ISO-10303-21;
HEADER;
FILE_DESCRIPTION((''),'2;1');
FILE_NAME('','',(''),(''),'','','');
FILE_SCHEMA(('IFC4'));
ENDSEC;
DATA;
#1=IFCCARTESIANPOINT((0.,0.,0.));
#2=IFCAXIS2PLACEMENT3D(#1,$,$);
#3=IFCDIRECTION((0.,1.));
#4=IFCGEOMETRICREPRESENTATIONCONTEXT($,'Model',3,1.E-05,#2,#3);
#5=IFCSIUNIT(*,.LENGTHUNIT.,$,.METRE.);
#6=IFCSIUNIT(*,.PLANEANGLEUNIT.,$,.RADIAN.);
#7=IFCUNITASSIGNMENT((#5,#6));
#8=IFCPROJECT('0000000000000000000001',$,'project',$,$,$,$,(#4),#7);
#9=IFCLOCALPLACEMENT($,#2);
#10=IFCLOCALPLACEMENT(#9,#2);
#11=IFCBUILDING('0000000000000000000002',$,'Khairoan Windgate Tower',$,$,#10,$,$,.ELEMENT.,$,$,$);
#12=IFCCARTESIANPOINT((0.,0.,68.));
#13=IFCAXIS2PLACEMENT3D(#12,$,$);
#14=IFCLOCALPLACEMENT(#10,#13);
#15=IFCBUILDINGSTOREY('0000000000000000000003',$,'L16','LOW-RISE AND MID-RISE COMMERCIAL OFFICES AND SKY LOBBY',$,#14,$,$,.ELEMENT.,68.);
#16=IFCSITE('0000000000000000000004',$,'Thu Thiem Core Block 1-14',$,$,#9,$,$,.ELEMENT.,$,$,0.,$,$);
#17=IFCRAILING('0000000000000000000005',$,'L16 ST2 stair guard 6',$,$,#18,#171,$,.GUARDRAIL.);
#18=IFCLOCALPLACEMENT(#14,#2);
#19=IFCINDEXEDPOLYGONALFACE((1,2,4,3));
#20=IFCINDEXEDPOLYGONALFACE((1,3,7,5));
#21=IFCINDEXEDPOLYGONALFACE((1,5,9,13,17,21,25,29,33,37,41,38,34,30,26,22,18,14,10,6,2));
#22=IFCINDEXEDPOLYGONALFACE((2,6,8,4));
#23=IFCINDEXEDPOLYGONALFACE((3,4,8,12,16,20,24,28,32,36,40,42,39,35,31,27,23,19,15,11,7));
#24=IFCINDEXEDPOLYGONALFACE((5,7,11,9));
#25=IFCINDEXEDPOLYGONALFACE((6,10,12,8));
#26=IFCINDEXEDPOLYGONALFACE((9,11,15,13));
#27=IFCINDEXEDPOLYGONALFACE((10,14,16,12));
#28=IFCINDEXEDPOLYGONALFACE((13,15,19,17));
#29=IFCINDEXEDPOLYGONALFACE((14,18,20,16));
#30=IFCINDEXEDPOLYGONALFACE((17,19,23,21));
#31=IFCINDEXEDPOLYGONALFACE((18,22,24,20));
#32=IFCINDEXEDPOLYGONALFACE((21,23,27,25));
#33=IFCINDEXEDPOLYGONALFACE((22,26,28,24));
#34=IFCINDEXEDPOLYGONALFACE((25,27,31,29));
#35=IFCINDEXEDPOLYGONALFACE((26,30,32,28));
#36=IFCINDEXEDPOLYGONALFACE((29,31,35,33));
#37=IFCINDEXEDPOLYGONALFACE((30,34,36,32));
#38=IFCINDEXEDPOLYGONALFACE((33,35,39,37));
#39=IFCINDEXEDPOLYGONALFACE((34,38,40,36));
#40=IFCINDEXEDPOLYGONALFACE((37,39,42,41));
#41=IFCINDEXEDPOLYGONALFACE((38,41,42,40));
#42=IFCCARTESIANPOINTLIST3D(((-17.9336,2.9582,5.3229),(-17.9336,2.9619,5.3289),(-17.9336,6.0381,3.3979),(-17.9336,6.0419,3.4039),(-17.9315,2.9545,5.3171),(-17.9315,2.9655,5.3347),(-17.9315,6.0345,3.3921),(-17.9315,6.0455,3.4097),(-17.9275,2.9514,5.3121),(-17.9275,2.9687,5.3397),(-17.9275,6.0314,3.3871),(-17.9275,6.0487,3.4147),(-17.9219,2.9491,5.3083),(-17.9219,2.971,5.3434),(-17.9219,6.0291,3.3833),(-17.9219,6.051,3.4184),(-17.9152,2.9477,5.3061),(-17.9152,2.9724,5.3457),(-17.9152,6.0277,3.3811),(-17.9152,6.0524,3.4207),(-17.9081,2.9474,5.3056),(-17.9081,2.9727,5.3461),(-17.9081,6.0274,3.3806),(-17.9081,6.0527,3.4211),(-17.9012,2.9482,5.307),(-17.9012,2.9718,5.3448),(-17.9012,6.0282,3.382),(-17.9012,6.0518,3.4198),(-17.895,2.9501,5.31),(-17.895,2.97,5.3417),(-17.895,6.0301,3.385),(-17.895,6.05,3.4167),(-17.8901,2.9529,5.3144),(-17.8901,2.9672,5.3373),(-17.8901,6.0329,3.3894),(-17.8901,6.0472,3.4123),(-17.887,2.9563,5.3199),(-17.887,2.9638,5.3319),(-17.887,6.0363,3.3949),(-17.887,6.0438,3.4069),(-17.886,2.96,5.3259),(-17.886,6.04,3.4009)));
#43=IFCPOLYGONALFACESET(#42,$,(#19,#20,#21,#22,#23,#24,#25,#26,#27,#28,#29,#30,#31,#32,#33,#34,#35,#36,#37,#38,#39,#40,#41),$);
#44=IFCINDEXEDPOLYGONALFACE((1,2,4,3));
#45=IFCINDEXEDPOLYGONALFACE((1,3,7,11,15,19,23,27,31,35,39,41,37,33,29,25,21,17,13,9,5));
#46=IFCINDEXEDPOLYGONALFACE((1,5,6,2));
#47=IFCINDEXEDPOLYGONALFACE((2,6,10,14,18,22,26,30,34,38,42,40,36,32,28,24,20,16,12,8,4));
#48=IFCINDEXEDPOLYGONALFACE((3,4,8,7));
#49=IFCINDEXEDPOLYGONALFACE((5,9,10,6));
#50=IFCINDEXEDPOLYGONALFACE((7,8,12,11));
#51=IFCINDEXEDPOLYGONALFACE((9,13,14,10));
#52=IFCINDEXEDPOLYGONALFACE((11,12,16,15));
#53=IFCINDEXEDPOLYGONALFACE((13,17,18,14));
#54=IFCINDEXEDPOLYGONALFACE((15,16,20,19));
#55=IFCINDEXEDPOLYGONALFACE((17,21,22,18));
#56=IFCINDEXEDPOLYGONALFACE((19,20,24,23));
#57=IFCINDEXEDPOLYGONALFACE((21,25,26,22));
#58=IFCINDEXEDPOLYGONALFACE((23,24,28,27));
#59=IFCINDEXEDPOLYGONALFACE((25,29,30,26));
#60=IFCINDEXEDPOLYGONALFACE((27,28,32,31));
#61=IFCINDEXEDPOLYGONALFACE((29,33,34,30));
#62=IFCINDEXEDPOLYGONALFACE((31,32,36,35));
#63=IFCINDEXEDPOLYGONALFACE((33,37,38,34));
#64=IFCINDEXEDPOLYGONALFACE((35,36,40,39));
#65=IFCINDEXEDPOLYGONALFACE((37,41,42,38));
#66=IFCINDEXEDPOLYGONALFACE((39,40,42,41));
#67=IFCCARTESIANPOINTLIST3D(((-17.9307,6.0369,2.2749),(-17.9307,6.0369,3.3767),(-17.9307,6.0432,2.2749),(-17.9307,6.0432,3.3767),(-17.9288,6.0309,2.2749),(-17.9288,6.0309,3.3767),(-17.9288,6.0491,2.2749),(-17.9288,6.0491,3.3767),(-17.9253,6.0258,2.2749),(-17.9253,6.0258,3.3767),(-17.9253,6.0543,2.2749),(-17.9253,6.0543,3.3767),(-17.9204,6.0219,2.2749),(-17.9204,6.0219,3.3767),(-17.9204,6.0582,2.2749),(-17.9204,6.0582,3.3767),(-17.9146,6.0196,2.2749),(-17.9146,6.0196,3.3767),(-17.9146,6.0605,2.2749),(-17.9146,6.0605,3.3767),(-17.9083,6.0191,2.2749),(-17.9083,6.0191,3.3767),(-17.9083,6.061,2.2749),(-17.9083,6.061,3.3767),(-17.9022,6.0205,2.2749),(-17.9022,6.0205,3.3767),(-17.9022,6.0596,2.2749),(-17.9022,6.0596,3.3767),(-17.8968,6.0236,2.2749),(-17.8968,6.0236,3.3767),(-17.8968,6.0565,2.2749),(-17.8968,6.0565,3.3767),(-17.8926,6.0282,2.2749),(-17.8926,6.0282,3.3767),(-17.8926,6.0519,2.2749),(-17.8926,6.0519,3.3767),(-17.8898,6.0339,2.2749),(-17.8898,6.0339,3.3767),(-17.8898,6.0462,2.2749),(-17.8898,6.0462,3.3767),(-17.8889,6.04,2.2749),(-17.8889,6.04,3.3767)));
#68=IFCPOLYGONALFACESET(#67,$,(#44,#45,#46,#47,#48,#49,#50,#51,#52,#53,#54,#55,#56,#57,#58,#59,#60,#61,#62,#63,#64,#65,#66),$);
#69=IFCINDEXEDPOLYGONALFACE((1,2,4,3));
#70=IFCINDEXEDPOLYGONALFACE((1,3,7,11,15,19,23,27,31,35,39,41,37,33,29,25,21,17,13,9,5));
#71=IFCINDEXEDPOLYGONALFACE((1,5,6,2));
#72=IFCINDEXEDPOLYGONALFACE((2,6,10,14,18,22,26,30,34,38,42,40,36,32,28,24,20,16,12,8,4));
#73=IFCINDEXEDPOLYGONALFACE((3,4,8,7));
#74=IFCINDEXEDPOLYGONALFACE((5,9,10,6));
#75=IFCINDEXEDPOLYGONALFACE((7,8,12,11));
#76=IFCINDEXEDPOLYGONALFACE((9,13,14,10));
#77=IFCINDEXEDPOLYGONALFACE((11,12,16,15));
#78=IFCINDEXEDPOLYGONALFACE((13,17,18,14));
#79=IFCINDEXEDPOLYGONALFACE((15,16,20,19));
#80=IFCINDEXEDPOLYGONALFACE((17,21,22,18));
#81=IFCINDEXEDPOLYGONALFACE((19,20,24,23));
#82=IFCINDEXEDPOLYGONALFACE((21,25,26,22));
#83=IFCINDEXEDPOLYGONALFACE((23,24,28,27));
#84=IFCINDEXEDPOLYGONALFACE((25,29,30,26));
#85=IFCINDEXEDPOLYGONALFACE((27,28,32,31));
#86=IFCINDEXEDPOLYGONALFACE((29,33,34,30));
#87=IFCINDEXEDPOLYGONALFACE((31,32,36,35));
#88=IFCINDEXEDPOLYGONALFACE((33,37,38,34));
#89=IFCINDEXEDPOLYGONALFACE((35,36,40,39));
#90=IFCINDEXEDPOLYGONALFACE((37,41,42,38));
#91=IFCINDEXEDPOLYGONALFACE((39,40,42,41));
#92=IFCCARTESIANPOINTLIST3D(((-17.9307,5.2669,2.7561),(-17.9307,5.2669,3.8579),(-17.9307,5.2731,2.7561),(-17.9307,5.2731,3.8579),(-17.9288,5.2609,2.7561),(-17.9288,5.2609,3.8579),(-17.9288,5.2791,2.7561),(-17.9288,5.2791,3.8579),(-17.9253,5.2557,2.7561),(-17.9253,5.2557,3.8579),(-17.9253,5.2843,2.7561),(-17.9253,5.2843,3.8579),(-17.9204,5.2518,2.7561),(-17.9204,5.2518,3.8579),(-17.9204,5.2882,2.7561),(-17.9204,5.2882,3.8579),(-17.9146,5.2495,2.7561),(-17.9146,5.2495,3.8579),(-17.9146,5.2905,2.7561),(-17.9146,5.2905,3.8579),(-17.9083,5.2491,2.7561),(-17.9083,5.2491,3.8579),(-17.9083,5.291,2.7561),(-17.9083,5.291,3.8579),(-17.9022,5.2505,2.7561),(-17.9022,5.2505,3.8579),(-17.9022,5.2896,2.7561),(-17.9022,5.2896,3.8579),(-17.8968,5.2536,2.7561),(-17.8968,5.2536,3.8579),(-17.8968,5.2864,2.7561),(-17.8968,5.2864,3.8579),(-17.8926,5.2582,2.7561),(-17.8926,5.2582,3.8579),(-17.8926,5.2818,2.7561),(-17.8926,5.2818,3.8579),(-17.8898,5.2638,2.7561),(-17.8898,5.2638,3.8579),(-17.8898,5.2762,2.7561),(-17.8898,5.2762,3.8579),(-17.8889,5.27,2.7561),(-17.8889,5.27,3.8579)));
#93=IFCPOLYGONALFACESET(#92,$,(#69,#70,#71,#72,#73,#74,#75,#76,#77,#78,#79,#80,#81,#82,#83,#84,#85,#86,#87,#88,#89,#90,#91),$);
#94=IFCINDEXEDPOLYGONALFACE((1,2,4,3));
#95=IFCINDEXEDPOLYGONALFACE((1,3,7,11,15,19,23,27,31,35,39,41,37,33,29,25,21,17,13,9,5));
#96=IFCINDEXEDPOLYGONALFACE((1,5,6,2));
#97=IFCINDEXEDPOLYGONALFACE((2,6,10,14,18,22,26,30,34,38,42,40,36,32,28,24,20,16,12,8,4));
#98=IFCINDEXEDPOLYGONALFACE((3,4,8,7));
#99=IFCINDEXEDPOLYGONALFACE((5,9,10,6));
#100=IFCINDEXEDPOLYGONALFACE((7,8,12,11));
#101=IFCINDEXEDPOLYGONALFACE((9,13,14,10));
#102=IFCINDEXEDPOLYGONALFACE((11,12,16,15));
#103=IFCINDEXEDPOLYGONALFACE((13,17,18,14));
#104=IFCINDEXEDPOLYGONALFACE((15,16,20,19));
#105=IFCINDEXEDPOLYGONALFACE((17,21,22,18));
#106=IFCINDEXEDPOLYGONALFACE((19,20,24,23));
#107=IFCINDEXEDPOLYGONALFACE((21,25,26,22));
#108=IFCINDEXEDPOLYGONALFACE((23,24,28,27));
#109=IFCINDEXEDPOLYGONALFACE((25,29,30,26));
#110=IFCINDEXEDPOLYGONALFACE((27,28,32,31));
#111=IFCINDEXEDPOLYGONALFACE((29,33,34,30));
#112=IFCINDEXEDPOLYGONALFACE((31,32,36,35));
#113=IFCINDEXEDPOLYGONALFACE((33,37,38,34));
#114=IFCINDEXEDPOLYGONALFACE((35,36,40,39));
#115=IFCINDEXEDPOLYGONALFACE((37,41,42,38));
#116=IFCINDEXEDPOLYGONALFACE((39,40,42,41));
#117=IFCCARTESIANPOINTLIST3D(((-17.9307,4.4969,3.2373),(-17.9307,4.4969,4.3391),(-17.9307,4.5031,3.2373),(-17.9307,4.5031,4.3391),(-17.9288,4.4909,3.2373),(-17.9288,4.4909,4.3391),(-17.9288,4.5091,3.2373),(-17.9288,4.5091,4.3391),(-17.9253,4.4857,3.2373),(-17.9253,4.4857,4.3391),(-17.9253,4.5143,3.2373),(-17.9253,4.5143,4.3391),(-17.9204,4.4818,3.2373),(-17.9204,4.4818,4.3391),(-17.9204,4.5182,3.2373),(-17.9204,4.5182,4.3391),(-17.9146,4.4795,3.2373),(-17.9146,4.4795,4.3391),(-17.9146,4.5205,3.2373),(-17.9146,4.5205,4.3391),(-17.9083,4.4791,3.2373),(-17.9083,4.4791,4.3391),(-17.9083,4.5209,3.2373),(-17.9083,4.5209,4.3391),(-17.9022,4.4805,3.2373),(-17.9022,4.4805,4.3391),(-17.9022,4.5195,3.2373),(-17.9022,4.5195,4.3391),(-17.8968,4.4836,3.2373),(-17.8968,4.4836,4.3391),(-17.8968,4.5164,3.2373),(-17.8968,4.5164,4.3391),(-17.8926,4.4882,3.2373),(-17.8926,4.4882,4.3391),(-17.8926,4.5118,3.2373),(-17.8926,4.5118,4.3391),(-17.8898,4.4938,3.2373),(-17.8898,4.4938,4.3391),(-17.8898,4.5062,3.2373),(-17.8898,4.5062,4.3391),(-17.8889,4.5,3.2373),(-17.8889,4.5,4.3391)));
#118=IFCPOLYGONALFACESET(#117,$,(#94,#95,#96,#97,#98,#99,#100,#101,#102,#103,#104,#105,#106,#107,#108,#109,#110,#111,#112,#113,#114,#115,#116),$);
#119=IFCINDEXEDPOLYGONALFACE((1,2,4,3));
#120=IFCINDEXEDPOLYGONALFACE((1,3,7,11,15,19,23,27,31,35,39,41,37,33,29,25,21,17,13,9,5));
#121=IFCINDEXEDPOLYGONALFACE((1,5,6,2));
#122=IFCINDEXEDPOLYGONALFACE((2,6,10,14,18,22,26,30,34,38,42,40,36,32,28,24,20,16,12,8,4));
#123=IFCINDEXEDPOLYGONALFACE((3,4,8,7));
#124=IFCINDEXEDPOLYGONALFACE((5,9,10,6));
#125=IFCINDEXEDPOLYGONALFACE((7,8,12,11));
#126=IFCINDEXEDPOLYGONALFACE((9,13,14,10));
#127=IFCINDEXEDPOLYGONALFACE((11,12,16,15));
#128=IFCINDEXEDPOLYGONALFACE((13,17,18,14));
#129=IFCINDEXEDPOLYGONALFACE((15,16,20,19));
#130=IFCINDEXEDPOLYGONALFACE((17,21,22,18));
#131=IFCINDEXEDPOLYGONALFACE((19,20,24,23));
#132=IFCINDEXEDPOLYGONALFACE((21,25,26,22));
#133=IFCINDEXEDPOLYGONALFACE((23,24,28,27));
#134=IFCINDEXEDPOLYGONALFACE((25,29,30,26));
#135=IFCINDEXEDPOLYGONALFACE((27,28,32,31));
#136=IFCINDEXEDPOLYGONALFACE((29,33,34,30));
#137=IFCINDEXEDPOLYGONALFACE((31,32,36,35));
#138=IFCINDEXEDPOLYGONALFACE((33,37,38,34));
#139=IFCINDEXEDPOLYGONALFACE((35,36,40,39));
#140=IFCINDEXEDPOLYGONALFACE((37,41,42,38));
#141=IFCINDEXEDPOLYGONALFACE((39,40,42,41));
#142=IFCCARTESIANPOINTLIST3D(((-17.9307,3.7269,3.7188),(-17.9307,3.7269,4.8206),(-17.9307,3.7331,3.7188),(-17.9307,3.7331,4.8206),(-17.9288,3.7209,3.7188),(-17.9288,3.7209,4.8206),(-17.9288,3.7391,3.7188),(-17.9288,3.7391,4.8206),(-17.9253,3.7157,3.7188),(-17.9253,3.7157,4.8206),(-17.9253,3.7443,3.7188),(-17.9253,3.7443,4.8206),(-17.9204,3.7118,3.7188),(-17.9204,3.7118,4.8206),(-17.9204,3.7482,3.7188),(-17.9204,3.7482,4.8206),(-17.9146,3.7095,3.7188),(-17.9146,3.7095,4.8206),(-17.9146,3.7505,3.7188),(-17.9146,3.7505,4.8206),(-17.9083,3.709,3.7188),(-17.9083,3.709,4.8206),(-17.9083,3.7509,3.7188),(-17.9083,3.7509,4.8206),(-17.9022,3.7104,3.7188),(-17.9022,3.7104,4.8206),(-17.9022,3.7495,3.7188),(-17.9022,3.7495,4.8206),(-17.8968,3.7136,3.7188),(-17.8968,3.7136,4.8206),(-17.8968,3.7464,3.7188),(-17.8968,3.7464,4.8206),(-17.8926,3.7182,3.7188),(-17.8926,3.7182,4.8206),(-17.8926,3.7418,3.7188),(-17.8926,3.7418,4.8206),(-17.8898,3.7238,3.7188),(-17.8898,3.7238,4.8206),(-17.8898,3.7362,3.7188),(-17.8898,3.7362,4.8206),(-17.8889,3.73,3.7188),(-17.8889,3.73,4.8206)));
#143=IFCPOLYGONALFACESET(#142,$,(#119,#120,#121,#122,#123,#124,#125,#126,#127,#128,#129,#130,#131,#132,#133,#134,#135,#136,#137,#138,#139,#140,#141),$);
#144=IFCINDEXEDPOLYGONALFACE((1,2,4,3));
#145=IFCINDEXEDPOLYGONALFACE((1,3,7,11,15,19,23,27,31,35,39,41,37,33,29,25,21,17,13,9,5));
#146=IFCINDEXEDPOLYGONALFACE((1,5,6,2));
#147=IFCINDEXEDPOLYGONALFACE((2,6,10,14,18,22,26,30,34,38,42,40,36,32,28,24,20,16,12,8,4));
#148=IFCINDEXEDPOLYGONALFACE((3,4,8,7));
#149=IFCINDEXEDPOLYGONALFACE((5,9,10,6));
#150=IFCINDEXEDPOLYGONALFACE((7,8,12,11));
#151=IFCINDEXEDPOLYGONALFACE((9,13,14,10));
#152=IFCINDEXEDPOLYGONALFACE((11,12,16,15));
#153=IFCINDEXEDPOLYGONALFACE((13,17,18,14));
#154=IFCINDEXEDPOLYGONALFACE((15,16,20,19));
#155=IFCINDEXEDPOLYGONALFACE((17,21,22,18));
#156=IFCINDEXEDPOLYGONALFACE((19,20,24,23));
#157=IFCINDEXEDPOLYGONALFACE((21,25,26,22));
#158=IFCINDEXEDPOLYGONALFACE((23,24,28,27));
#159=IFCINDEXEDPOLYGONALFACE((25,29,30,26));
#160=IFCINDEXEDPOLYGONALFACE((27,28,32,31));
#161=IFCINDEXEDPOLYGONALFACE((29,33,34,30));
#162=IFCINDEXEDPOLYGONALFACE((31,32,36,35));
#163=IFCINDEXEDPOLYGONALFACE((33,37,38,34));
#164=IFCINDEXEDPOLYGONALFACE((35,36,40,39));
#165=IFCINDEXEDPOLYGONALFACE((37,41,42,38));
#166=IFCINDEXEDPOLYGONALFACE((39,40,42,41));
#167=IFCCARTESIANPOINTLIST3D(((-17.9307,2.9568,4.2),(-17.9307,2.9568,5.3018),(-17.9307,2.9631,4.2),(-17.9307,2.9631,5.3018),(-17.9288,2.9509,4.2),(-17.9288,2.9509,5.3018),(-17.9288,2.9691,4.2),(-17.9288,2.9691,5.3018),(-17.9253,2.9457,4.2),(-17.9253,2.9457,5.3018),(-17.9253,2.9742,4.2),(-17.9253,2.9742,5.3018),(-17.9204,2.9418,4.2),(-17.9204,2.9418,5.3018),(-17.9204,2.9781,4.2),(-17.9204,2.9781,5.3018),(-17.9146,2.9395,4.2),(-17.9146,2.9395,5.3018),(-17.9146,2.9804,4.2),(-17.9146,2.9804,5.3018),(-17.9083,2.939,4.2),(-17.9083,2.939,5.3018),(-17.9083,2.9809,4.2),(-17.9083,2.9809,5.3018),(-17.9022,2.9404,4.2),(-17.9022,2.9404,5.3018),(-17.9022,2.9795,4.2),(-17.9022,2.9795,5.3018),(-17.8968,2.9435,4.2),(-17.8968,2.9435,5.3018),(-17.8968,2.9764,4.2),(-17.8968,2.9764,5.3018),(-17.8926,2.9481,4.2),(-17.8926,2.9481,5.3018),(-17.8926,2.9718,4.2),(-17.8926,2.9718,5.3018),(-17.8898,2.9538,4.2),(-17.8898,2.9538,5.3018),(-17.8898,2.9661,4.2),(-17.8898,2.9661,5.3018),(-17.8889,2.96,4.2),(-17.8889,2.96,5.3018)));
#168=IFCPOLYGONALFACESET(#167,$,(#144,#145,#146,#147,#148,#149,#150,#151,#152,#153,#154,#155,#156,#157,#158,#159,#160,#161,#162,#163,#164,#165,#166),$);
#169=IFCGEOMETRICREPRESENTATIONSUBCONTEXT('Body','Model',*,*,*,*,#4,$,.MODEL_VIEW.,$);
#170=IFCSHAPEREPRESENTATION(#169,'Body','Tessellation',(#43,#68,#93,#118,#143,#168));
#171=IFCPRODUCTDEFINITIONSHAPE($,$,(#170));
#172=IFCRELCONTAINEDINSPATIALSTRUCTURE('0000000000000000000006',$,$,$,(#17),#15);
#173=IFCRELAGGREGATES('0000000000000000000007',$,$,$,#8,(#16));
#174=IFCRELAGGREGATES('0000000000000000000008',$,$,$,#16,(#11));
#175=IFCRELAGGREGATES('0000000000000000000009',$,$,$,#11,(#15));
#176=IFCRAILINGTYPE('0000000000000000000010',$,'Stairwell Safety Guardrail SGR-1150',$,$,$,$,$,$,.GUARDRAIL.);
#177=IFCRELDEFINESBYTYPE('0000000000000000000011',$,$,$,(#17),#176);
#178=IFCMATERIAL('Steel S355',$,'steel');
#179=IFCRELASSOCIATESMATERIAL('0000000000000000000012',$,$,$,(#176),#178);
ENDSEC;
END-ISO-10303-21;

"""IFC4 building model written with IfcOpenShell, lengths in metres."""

from ifc_helpers import new_model, si_unit, direction, frame, origin, origin_2d, place, context, subcontext, project, spatial, circle, extrude, material, type_object, element, save


model = new_model("IFC4")

# Units and contexts
model_context = context("Model", 3, precision=1e-05, world=origin(), true_north=direction((0.0, 1.0)))
body_context = subcontext(model_context, "Body", "Model", "MODEL_VIEW")
ifc_project = project(units=[si_unit("LENGTHUNIT", "METRE"), si_unit("PLANEANGLEUNIT", "RADIAN")], contexts=[model_context])

# Site, building, storey
site_placement = place(None, origin())
site = spatial("IfcSite", under=ifc_project, at=site_placement, Name="Thu Thiem Core Block 1-14", CompositionType="ELEMENT", RefElevation=0.0)
building_placement = place(site_placement, origin())
building = spatial("IfcBuilding", under=site, at=building_placement, Name="Khairoan Windgate Tower", CompositionType="ELEMENT")
storey_placement = place(building_placement, frame((0.0, 0.0, 68.0)))
storey = spatial("IfcBuildingStorey", under=building, at=storey_placement, Name="L16", Description="LOW-RISE AND MID-RISE COMMERCIAL OFFICES AND SKY LOBBY", CompositionType="ELEMENT", Elevation=68.0)

# Railing
ifc_material_1 = material(Name="Steel S355", Category="steel")
railing_type_1 = type_object("IfcRailingType", Name="Stairwell Safety Guardrail SGR-1150", PredefinedType="GUARDRAIL", material=ifc_material_1)
railing_1_placement = place(storey_placement, frame((-17.9099, 6.04, 2.2749)))
element("IfcRailing", 1, at=railing_1_placement, inside=storey, type_object=railing_type_1, Name="L16 ST2 stair guard 6", PredefinedType="GUARDRAIL", context=body_context, shape_type="SweptSolid", body=[
    extrude(circle(Radius=0.0239, at=origin_2d()), frame((0.0, 0.0, 1.126), z_axis=(0.0, -0.847998, 0.529999), x_axis=(1.0, 0.0, 0.0)), (0.0, 0.0, 1.0), 3.6321),
    extrude(circle(Radius=0.021, at=origin_2d()), origin(), (0.0, 0.0, 1.0), 1.1018),
    extrude(circle(Radius=0.021, at=origin_2d()), frame((0.0, -0.77, 0.4812)), (0.0, 0.0, 1.0), 1.1018),
    extrude(circle(Radius=0.021, at=origin_2d()), frame((0.0, -1.54, 0.9624)), (0.0, 0.0, 1.0), 1.1018),
    extrude(circle(Radius=0.021, at=origin_2d()), frame((0.0, -2.3101, 1.4438)), (0.0, 0.0, 1.0), 1.1018),
    extrude(circle(Radius=0.021, at=origin_2d()), frame((0.0, -3.0801, 1.925)), (0.0, 0.0, 1.0), 1.1018),
])

save(model, "model.ifc")
